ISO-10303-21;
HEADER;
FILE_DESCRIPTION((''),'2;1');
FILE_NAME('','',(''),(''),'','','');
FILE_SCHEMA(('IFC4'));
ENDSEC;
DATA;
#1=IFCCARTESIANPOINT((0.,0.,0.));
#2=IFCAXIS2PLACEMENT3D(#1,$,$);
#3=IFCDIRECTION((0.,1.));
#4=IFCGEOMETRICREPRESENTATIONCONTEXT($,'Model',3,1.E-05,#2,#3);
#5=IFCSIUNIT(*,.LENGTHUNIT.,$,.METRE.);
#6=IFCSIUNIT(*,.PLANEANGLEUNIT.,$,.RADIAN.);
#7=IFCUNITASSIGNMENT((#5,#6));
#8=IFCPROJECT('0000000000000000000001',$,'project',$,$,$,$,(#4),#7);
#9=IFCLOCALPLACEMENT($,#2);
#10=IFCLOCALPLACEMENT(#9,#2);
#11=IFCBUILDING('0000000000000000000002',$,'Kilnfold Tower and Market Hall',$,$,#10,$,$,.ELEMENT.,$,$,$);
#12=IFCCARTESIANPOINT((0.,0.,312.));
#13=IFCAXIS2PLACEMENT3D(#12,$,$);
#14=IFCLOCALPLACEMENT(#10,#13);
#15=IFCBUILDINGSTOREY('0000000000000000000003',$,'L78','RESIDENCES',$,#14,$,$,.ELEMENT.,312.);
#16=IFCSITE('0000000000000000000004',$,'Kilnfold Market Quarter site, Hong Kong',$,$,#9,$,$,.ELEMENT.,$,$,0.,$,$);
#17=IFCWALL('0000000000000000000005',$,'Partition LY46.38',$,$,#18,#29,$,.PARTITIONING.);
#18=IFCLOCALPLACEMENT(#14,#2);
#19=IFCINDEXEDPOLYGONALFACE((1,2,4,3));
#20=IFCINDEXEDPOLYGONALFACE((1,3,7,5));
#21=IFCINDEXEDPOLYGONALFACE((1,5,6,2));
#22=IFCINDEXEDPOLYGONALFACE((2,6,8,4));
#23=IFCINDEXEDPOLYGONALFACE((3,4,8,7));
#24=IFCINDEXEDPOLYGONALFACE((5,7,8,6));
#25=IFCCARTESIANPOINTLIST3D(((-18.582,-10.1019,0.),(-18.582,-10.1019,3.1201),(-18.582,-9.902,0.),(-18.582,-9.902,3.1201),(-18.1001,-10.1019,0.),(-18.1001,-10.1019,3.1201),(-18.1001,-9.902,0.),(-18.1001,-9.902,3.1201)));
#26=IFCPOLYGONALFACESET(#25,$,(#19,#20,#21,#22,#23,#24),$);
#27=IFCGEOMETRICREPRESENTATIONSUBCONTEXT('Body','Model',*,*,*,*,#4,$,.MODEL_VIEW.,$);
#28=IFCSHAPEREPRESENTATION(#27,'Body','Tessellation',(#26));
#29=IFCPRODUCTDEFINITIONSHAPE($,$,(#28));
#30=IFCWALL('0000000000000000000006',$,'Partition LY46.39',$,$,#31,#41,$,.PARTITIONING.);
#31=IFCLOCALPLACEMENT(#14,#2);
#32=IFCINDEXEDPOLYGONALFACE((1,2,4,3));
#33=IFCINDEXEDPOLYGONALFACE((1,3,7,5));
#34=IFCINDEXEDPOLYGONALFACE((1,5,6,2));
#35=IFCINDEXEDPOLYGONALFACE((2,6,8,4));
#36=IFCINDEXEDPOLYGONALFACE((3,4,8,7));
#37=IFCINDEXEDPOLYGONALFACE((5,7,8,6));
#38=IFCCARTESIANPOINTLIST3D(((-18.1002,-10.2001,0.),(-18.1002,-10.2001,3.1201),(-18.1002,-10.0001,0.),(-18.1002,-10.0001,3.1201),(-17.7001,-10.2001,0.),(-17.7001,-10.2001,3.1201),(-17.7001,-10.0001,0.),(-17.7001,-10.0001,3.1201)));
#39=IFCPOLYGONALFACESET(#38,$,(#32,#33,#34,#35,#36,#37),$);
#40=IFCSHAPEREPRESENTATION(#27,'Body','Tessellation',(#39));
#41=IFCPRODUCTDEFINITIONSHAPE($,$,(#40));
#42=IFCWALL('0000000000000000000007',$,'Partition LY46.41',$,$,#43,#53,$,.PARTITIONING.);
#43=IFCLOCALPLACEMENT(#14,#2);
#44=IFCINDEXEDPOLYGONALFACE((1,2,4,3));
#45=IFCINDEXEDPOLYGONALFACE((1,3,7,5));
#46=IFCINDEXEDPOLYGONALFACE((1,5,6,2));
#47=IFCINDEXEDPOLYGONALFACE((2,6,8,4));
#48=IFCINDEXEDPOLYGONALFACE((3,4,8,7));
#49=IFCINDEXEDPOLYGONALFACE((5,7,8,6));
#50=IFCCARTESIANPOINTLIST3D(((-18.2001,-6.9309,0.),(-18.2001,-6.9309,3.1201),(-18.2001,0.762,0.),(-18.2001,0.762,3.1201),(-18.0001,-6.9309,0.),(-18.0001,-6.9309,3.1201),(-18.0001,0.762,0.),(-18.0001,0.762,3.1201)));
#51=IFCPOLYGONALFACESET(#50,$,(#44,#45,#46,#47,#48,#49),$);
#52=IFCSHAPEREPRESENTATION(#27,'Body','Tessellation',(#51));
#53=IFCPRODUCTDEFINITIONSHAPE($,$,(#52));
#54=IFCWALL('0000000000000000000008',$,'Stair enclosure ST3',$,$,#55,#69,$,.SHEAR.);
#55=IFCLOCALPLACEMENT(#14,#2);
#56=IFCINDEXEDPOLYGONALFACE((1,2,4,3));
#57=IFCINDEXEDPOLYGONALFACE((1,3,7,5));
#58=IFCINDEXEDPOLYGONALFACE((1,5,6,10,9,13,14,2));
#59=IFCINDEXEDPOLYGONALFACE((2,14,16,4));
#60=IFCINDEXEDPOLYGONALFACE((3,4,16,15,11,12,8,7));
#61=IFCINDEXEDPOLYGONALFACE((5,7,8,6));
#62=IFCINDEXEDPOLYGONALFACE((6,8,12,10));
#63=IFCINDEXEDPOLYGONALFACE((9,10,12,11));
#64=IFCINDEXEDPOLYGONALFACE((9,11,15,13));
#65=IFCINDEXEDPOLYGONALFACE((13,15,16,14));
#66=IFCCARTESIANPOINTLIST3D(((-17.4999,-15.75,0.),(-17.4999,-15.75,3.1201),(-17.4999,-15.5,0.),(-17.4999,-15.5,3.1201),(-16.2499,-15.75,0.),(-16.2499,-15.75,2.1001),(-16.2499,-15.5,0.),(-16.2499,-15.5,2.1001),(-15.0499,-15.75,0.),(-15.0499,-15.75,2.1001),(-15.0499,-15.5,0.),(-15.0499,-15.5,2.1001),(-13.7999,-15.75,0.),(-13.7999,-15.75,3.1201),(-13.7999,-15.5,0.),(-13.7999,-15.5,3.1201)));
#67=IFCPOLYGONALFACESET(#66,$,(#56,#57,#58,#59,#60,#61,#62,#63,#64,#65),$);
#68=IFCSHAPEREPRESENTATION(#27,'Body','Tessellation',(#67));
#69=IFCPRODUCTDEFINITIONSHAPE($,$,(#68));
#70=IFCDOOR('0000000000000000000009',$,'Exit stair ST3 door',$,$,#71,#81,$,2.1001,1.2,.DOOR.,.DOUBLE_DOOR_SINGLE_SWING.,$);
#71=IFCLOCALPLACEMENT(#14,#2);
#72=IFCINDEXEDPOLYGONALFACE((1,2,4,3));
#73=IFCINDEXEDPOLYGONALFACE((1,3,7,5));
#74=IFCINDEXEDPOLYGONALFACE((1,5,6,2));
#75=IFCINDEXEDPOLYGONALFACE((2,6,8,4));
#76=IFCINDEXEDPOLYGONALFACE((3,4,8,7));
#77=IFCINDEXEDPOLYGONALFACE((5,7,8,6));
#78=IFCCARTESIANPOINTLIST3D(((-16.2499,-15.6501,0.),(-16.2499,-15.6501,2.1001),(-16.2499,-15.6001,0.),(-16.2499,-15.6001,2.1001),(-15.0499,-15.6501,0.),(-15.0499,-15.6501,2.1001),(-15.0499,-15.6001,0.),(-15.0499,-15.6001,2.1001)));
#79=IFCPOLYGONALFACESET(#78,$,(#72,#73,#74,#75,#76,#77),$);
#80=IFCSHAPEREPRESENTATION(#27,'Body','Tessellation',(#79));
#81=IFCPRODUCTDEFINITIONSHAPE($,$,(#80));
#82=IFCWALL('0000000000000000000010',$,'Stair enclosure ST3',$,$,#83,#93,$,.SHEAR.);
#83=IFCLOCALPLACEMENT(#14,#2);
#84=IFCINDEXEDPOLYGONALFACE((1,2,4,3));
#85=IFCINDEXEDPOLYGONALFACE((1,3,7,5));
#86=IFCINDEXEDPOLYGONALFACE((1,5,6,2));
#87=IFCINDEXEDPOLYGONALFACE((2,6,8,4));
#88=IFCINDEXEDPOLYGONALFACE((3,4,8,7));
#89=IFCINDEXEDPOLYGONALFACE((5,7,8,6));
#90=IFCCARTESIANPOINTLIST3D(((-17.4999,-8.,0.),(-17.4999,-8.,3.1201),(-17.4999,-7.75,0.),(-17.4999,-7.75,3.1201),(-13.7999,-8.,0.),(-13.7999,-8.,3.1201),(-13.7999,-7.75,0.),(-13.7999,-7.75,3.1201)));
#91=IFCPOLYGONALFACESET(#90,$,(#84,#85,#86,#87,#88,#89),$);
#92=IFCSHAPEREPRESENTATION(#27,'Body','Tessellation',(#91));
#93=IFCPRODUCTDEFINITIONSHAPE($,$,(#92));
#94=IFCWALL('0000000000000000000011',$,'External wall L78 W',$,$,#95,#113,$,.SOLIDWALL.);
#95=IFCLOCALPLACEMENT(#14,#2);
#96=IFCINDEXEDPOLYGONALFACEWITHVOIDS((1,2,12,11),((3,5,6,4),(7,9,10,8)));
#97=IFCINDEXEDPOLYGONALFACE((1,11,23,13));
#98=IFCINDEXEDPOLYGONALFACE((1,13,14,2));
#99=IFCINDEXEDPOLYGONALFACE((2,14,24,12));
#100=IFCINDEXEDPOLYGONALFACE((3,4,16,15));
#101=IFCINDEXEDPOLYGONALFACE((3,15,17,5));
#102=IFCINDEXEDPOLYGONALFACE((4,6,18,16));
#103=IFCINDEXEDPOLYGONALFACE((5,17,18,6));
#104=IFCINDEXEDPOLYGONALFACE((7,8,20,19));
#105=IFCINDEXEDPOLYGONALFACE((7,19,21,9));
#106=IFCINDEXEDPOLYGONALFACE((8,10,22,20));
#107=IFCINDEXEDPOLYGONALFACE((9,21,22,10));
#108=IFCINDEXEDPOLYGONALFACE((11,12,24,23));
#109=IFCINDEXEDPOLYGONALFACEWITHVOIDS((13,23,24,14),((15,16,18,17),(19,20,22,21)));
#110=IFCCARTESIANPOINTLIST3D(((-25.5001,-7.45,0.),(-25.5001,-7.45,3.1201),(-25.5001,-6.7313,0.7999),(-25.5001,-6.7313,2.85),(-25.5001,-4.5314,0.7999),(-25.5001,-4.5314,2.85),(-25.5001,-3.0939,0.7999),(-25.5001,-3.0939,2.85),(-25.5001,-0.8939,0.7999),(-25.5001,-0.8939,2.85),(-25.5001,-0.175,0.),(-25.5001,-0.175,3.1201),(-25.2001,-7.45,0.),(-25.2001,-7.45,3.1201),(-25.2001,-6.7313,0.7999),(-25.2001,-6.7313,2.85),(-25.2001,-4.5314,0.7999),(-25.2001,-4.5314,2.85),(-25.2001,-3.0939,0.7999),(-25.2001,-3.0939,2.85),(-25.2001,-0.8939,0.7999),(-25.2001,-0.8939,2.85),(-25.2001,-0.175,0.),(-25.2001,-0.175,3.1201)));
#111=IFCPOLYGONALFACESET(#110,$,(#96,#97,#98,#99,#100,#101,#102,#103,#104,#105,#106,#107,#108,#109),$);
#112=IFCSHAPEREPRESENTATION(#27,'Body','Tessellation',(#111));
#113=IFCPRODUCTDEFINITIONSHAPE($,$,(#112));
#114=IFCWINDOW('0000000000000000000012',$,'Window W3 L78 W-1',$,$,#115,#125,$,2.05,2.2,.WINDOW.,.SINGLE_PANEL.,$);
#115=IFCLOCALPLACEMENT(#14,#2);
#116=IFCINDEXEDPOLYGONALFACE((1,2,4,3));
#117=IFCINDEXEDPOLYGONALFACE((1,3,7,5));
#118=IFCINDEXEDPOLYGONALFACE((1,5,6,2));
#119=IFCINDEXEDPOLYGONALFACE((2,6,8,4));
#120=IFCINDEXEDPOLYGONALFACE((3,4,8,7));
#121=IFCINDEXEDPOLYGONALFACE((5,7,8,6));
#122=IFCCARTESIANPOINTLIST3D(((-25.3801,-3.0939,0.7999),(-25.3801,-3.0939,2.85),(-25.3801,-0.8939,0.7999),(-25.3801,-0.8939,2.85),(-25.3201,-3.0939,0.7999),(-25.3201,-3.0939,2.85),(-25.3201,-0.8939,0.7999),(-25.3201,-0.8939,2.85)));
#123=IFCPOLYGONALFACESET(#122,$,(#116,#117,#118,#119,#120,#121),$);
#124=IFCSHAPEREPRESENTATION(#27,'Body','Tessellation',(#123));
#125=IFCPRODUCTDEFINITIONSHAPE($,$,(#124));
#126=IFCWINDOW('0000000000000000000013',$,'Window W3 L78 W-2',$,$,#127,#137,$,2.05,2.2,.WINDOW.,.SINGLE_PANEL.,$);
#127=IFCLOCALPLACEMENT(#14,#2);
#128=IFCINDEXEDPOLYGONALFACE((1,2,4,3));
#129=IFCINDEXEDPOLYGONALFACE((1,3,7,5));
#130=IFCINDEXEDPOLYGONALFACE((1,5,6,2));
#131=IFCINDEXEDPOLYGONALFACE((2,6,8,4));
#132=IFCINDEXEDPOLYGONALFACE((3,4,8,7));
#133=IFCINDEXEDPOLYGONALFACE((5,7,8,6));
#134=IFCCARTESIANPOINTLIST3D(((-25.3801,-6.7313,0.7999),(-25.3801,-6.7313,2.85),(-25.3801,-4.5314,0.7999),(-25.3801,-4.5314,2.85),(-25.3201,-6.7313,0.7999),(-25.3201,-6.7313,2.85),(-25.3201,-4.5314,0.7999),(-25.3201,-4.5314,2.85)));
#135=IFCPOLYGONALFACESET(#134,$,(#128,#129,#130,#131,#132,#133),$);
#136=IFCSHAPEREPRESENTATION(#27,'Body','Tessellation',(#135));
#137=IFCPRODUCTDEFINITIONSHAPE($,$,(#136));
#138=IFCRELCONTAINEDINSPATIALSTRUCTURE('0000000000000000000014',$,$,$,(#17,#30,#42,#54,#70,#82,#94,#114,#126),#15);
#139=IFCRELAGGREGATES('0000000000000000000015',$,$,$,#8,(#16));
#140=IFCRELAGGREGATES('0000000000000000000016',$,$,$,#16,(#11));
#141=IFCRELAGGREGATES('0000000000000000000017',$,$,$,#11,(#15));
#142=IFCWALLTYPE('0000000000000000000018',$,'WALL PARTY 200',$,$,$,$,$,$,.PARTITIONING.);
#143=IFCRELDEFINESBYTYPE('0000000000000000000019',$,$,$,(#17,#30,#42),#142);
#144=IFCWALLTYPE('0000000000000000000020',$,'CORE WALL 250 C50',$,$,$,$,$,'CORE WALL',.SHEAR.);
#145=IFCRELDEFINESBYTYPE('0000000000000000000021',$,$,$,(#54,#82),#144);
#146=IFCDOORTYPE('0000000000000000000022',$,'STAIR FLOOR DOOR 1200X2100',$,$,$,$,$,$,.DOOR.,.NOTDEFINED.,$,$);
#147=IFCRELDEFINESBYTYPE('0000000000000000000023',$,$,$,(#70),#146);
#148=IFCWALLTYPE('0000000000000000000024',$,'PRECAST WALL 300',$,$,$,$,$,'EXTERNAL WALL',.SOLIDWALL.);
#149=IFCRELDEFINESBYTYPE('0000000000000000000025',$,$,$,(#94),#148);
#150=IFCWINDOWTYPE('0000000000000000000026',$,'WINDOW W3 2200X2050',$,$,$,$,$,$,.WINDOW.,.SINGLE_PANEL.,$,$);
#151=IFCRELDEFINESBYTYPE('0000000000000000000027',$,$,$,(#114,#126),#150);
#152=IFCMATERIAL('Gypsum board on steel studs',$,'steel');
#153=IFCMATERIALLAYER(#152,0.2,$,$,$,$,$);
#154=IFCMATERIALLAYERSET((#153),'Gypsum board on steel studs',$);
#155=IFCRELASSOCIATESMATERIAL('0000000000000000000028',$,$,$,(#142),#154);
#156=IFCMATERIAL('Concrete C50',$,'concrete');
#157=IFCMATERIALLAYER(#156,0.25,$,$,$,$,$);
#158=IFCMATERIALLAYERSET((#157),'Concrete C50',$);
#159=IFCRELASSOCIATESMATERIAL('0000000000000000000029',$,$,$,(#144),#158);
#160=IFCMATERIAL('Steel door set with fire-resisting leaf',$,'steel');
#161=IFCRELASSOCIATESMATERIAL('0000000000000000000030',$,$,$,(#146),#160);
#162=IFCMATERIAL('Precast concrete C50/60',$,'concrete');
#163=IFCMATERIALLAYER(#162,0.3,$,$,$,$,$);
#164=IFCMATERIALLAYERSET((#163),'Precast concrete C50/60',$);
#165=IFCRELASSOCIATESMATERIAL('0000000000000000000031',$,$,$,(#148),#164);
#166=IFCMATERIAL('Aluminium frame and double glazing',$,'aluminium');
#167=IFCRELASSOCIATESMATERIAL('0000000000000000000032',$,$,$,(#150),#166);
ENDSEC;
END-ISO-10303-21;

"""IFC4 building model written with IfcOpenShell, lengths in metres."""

from ifc_helpers import new_model, si_unit, direction, frame, frame_2d, origin, place, context, subcontext, project, spatial, rectangle, extrude, source, transform, mapped, material, layer, layer_set, type_object, element, fill, save


model = new_model("IFC4")

# Units and contexts
model_context = context("Model", 3, precision=1e-05, world=origin(), true_north=direction((0.0, 1.0)))
body_context = subcontext(model_context, "Body", "Model", "MODEL_VIEW")
ifc_project = project(units=[si_unit("LENGTHUNIT", "METRE"), si_unit("PLANEANGLEUNIT", "RADIAN")], contexts=[model_context])

# Site, building, storey
site_placement = place(None, origin())
site = spatial("IfcSite", under=ifc_project, at=site_placement, Name="Kilnfold Market Quarter site, Hong Kong", CompositionType="ELEMENT", RefElevation=0.0)
building_placement = place(site_placement, origin())
building = spatial("IfcBuilding", under=site, at=building_placement, Name="Kilnfold Tower and Market Hall", CompositionType="ELEMENT")
storey_placement = place(building_placement, frame((0.0, 0.0, 312.0)))
storey = spatial("IfcBuildingStorey", under=building, at=storey_placement, Name="L78", Description="RESIDENCES", CompositionType="ELEMENT", Elevation=312.0)

# Walls
ifc_material_1 = material(Name="Gypsum board on steel studs", Category="steel")
ifc_layer_1 = layer(ifc_material_1, 0.2)
ifc_layer_set_1 = layer_set([ifc_layer_1], Name="Gypsum board on steel studs")
wall_type_1 = type_object("IfcWallType", Name="WALL PARTY 200", PredefinedType="PARTITIONING", material=ifc_layer_set_1)
wall_1_placement = place(storey_placement, frame((-18.1001, -10.002, 0.0), z_axis=(0.0, 0.0, 1.0), x_axis=(-1.0, 0.0, 0.0)))
element("IfcWall", 1, at=wall_1_placement, inside=storey, type_object=wall_type_1, Name="Partition LY46.38", PredefinedType="PARTITIONING", context=body_context, shape_type="SweptSolid", body=[
    extrude(rectangle(XDim=0.4819, YDim=0.2, at=frame_2d((0.241, 0.0))), origin(), (0.0, 0.0, 1.0), 3.1201),
])
wall_2_placement = place(storey_placement, frame((-17.7, -10.1001, 0.0), z_axis=(0.0, 0.0, 1.0), x_axis=(-1.0, 0.0, 0.0)))
element("IfcWall", 2, at=wall_2_placement, inside=storey, type_object=wall_type_1, Name="Partition LY46.39", PredefinedType="PARTITIONING", context=body_context, shape_type="SweptSolid", body=[
    extrude(rectangle(XDim=0.4001, YDim=0.2, at=frame_2d((0.2002, 0.0))), origin(), (0.0, 0.0, 1.0), 3.1201),
])
wall_3_placement = place(storey_placement, frame((-18.1001, -6.9309, 0.0), z_axis=(0.0, 0.0, 1.0), x_axis=(0.0, 1.0, 0.0)))
element("IfcWall", 3, at=wall_3_placement, inside=storey, type_object=wall_type_1, Name="Partition LY46.41", PredefinedType="PARTITIONING", context=body_context, shape_type="SweptSolid", body=[
    extrude(rectangle(XDim=7.6929, YDim=0.2, at=frame_2d((3.8464, 0.0))), origin(), (0.0, 0.0, 1.0), 3.1201),
])

# Wall, opening, door
ifc_material_2 = material(Name="Concrete C50", Category="concrete")
ifc_layer_2 = layer(ifc_material_2, 0.25)
ifc_layer_set_2 = layer_set([ifc_layer_2], Name="Concrete C50")
wall_type_2 = type_object("IfcWallType", Name="CORE WALL 250 C50", ElementType="CORE WALL", PredefinedType="SHEAR", material=ifc_layer_set_2)
shared_shape_1 = source(origin(), body_context, "Body", "SweptSolid", [
    extrude(rectangle(XDim=3.7, YDim=0.25, at=frame_2d((1.8501, 0.0))), origin(), (0.0, 0.0, 1.0), 3.1201),
])
wall_4_placement = place(storey_placement, frame((-17.5, -15.625, 0.0), z_axis=(0.0, 0.0, 1.0), x_axis=(1.0, 0.0, 0.0)))
wall_4 = element("IfcWall", 4, at=wall_4_placement, inside=storey, type_object=wall_type_2, Name="Stair enclosure ST3", PredefinedType="SHEAR", context=body_context, shape_type="MappedRepresentation", body=[
    mapped(shared_shape_1, transform((0.0, 0.0, 0.0))),
])
opening_1_placement = place(wall_4_placement, frame((1.25, 0.0, 0.0)))
opening_1 = element("IfcOpeningElement", 5, at=opening_1_placement, cuts=wall_4, PredefinedType="OPENING", context=body_context, shape_type="SweptSolid", body=[
    extrude(rectangle(XDim=1.2, YDim=2.1001, at=frame_2d((0.6001, 1.05))), frame((0.0, 0.135, 0.0), z_axis=(0.0, -1.0, 0.0), x_axis=(1.0, 0.0, 0.0)), (0.0, 0.0, 1.0), 0.27),
])
ifc_material_3 = material(Name="Steel door set with fire-resisting leaf", Category="steel")
door_type_1 = type_object("IfcDoorType", Name="STAIR FLOOR DOOR 1200X2100", OperationType="NOTDEFINED", PredefinedType="DOOR", material=ifc_material_3)
door_1_placement = place(opening_1_placement, origin())
door_1 = element("IfcDoor", 6, at=door_1_placement, inside=storey, type_object=door_type_1, Name="Exit stair ST3 door", OperationType="DOUBLE_DOOR_SINGLE_SWING", OverallHeight=2.1001, OverallWidth=1.2, PredefinedType="DOOR", context=body_context, shape_type="SweptSolid", body=[
    extrude(rectangle(XDim=1.2, YDim=2.1001, at=frame_2d((0.6001, 1.05))), frame((0.0, 0.0249, 0.0), z_axis=(0.0, -1.0, 0.0), x_axis=(1.0, 0.0, 0.0)), (0.0, 0.0, 1.0), 0.05),
])
fill(opening_1, door_1)

# Wall
wall_5_placement = place(storey_placement, frame((-17.5, -7.875, 0.0), z_axis=(0.0, 0.0, 1.0), x_axis=(1.0, 0.0, 0.0)))
element("IfcWall", 7, at=wall_5_placement, inside=storey, type_object=wall_type_2, Name="Stair enclosure ST3", PredefinedType="SHEAR", context=body_context, shape_type="MappedRepresentation", body=[
    mapped(shared_shape_1, transform((0.0, 0.0, 0.0))),
])

# Wall, openings, windows
ifc_material_4 = material(Name="Precast concrete C50/60", Category="concrete")
ifc_layer_3 = layer(ifc_material_4, 0.3)
ifc_layer_set_3 = layer_set([ifc_layer_3], Name="Precast concrete C50/60")
wall_type_3 = type_object("IfcWallType", Name="PRECAST WALL 300", ElementType="EXTERNAL WALL", PredefinedType="SOLIDWALL", material=ifc_layer_set_3)
shared_shape_2 = source(origin(), body_context, "Body", "SweptSolid", [
    extrude(rectangle(XDim=7.2749, YDim=0.3, at=frame_2d((3.6375, 0.0))), origin(), (0.0, 0.0, 1.0), 3.1201),
])
wall_6_placement = place(storey_placement, frame((-25.3501, -0.175, 0.0), z_axis=(0.0, 0.0, 1.0), x_axis=(0.0, -1.0, 0.0)))
wall_6 = element("IfcWall", 8, at=wall_6_placement, inside=storey, type_object=wall_type_3, Name="External wall L78 W", PredefinedType="SOLIDWALL", context=body_context, shape_type="MappedRepresentation", body=[
    mapped(shared_shape_2, transform((0.0, 0.0, 0.0))),
])
opening_2_placement = place(wall_6_placement, frame((0.7188, 0.0, 0.8)))
opening_2 = element("IfcOpeningElement", 9, at=opening_2_placement, cuts=wall_6, PredefinedType="OPENING", context=body_context, shape_type="SweptSolid", body=[
    extrude(rectangle(XDim=2.2, YDim=2.05, at=frame_2d((1.1001, 1.0249))), frame((0.0, 0.1602, 0.0), z_axis=(0.0, -1.0, 0.0), x_axis=(1.0, 0.0, 0.0)), (0.0, 0.0, 1.0), 0.3201),
])
opening_3_placement = place(wall_6_placement, frame((4.3562, 0.0, 0.8)))
opening_3 = element("IfcOpeningElement", 10, at=opening_3_placement, cuts=wall_6, PredefinedType="OPENING", context=body_context, shape_type="SweptSolid", body=[
    extrude(rectangle(XDim=2.2, YDim=2.05, at=frame_2d((1.1001, 1.0249))), frame((0.0, 0.1602, 0.0), z_axis=(0.0, -1.0, 0.0), x_axis=(1.0, 0.0, 0.0)), (0.0, 0.0, 1.0), 0.3201),
])
ifc_material_5 = material(Name="Aluminium frame and double glazing", Category="aluminium")
window_type = type_object("IfcWindowType", Name="WINDOW W3 2200X2050", PartitioningType="SINGLE_PANEL", PredefinedType="WINDOW", material=ifc_material_5)
window_1_placement = place(opening_2_placement, origin())
window_1 = element("IfcWindow", 11, at=window_1_placement, inside=storey, type_object=window_type, Name="Window W3 L78 W-1", OverallHeight=2.05, OverallWidth=2.2, PartitioningType="SINGLE_PANEL", PredefinedType="WINDOW", context=body_context, shape_type="SweptSolid", body=[
    extrude(rectangle(XDim=2.2, YDim=2.05, at=frame_2d((1.1001, 1.0249))), frame((0.0, 0.03, 0.0), z_axis=(0.0, -1.0, 0.0), x_axis=(1.0, 0.0, 0.0)), (0.0, 0.0, 1.0), 0.0601),
])
fill(opening_2, window_1)
window_2_placement = place(opening_3_placement, origin())
window_2 = element("IfcWindow", 12, at=window_2_placement, inside=storey, type_object=window_type, Name="Window W3 L78 W-2", OverallHeight=2.05, OverallWidth=2.2, PartitioningType="SINGLE_PANEL", PredefinedType="WINDOW", context=body_context, shape_type="SweptSolid", body=[
    extrude(rectangle(XDim=2.2, YDim=2.05, at=frame_2d((1.1001, 1.0249))), frame((0.0, 0.03, 0.0), z_axis=(0.0, -1.0, 0.0), x_axis=(1.0, 0.0, 0.0)), (0.0, 0.0, 1.0), 0.0601),
])
fill(opening_3, window_2)

save(model, "model.ifc")
